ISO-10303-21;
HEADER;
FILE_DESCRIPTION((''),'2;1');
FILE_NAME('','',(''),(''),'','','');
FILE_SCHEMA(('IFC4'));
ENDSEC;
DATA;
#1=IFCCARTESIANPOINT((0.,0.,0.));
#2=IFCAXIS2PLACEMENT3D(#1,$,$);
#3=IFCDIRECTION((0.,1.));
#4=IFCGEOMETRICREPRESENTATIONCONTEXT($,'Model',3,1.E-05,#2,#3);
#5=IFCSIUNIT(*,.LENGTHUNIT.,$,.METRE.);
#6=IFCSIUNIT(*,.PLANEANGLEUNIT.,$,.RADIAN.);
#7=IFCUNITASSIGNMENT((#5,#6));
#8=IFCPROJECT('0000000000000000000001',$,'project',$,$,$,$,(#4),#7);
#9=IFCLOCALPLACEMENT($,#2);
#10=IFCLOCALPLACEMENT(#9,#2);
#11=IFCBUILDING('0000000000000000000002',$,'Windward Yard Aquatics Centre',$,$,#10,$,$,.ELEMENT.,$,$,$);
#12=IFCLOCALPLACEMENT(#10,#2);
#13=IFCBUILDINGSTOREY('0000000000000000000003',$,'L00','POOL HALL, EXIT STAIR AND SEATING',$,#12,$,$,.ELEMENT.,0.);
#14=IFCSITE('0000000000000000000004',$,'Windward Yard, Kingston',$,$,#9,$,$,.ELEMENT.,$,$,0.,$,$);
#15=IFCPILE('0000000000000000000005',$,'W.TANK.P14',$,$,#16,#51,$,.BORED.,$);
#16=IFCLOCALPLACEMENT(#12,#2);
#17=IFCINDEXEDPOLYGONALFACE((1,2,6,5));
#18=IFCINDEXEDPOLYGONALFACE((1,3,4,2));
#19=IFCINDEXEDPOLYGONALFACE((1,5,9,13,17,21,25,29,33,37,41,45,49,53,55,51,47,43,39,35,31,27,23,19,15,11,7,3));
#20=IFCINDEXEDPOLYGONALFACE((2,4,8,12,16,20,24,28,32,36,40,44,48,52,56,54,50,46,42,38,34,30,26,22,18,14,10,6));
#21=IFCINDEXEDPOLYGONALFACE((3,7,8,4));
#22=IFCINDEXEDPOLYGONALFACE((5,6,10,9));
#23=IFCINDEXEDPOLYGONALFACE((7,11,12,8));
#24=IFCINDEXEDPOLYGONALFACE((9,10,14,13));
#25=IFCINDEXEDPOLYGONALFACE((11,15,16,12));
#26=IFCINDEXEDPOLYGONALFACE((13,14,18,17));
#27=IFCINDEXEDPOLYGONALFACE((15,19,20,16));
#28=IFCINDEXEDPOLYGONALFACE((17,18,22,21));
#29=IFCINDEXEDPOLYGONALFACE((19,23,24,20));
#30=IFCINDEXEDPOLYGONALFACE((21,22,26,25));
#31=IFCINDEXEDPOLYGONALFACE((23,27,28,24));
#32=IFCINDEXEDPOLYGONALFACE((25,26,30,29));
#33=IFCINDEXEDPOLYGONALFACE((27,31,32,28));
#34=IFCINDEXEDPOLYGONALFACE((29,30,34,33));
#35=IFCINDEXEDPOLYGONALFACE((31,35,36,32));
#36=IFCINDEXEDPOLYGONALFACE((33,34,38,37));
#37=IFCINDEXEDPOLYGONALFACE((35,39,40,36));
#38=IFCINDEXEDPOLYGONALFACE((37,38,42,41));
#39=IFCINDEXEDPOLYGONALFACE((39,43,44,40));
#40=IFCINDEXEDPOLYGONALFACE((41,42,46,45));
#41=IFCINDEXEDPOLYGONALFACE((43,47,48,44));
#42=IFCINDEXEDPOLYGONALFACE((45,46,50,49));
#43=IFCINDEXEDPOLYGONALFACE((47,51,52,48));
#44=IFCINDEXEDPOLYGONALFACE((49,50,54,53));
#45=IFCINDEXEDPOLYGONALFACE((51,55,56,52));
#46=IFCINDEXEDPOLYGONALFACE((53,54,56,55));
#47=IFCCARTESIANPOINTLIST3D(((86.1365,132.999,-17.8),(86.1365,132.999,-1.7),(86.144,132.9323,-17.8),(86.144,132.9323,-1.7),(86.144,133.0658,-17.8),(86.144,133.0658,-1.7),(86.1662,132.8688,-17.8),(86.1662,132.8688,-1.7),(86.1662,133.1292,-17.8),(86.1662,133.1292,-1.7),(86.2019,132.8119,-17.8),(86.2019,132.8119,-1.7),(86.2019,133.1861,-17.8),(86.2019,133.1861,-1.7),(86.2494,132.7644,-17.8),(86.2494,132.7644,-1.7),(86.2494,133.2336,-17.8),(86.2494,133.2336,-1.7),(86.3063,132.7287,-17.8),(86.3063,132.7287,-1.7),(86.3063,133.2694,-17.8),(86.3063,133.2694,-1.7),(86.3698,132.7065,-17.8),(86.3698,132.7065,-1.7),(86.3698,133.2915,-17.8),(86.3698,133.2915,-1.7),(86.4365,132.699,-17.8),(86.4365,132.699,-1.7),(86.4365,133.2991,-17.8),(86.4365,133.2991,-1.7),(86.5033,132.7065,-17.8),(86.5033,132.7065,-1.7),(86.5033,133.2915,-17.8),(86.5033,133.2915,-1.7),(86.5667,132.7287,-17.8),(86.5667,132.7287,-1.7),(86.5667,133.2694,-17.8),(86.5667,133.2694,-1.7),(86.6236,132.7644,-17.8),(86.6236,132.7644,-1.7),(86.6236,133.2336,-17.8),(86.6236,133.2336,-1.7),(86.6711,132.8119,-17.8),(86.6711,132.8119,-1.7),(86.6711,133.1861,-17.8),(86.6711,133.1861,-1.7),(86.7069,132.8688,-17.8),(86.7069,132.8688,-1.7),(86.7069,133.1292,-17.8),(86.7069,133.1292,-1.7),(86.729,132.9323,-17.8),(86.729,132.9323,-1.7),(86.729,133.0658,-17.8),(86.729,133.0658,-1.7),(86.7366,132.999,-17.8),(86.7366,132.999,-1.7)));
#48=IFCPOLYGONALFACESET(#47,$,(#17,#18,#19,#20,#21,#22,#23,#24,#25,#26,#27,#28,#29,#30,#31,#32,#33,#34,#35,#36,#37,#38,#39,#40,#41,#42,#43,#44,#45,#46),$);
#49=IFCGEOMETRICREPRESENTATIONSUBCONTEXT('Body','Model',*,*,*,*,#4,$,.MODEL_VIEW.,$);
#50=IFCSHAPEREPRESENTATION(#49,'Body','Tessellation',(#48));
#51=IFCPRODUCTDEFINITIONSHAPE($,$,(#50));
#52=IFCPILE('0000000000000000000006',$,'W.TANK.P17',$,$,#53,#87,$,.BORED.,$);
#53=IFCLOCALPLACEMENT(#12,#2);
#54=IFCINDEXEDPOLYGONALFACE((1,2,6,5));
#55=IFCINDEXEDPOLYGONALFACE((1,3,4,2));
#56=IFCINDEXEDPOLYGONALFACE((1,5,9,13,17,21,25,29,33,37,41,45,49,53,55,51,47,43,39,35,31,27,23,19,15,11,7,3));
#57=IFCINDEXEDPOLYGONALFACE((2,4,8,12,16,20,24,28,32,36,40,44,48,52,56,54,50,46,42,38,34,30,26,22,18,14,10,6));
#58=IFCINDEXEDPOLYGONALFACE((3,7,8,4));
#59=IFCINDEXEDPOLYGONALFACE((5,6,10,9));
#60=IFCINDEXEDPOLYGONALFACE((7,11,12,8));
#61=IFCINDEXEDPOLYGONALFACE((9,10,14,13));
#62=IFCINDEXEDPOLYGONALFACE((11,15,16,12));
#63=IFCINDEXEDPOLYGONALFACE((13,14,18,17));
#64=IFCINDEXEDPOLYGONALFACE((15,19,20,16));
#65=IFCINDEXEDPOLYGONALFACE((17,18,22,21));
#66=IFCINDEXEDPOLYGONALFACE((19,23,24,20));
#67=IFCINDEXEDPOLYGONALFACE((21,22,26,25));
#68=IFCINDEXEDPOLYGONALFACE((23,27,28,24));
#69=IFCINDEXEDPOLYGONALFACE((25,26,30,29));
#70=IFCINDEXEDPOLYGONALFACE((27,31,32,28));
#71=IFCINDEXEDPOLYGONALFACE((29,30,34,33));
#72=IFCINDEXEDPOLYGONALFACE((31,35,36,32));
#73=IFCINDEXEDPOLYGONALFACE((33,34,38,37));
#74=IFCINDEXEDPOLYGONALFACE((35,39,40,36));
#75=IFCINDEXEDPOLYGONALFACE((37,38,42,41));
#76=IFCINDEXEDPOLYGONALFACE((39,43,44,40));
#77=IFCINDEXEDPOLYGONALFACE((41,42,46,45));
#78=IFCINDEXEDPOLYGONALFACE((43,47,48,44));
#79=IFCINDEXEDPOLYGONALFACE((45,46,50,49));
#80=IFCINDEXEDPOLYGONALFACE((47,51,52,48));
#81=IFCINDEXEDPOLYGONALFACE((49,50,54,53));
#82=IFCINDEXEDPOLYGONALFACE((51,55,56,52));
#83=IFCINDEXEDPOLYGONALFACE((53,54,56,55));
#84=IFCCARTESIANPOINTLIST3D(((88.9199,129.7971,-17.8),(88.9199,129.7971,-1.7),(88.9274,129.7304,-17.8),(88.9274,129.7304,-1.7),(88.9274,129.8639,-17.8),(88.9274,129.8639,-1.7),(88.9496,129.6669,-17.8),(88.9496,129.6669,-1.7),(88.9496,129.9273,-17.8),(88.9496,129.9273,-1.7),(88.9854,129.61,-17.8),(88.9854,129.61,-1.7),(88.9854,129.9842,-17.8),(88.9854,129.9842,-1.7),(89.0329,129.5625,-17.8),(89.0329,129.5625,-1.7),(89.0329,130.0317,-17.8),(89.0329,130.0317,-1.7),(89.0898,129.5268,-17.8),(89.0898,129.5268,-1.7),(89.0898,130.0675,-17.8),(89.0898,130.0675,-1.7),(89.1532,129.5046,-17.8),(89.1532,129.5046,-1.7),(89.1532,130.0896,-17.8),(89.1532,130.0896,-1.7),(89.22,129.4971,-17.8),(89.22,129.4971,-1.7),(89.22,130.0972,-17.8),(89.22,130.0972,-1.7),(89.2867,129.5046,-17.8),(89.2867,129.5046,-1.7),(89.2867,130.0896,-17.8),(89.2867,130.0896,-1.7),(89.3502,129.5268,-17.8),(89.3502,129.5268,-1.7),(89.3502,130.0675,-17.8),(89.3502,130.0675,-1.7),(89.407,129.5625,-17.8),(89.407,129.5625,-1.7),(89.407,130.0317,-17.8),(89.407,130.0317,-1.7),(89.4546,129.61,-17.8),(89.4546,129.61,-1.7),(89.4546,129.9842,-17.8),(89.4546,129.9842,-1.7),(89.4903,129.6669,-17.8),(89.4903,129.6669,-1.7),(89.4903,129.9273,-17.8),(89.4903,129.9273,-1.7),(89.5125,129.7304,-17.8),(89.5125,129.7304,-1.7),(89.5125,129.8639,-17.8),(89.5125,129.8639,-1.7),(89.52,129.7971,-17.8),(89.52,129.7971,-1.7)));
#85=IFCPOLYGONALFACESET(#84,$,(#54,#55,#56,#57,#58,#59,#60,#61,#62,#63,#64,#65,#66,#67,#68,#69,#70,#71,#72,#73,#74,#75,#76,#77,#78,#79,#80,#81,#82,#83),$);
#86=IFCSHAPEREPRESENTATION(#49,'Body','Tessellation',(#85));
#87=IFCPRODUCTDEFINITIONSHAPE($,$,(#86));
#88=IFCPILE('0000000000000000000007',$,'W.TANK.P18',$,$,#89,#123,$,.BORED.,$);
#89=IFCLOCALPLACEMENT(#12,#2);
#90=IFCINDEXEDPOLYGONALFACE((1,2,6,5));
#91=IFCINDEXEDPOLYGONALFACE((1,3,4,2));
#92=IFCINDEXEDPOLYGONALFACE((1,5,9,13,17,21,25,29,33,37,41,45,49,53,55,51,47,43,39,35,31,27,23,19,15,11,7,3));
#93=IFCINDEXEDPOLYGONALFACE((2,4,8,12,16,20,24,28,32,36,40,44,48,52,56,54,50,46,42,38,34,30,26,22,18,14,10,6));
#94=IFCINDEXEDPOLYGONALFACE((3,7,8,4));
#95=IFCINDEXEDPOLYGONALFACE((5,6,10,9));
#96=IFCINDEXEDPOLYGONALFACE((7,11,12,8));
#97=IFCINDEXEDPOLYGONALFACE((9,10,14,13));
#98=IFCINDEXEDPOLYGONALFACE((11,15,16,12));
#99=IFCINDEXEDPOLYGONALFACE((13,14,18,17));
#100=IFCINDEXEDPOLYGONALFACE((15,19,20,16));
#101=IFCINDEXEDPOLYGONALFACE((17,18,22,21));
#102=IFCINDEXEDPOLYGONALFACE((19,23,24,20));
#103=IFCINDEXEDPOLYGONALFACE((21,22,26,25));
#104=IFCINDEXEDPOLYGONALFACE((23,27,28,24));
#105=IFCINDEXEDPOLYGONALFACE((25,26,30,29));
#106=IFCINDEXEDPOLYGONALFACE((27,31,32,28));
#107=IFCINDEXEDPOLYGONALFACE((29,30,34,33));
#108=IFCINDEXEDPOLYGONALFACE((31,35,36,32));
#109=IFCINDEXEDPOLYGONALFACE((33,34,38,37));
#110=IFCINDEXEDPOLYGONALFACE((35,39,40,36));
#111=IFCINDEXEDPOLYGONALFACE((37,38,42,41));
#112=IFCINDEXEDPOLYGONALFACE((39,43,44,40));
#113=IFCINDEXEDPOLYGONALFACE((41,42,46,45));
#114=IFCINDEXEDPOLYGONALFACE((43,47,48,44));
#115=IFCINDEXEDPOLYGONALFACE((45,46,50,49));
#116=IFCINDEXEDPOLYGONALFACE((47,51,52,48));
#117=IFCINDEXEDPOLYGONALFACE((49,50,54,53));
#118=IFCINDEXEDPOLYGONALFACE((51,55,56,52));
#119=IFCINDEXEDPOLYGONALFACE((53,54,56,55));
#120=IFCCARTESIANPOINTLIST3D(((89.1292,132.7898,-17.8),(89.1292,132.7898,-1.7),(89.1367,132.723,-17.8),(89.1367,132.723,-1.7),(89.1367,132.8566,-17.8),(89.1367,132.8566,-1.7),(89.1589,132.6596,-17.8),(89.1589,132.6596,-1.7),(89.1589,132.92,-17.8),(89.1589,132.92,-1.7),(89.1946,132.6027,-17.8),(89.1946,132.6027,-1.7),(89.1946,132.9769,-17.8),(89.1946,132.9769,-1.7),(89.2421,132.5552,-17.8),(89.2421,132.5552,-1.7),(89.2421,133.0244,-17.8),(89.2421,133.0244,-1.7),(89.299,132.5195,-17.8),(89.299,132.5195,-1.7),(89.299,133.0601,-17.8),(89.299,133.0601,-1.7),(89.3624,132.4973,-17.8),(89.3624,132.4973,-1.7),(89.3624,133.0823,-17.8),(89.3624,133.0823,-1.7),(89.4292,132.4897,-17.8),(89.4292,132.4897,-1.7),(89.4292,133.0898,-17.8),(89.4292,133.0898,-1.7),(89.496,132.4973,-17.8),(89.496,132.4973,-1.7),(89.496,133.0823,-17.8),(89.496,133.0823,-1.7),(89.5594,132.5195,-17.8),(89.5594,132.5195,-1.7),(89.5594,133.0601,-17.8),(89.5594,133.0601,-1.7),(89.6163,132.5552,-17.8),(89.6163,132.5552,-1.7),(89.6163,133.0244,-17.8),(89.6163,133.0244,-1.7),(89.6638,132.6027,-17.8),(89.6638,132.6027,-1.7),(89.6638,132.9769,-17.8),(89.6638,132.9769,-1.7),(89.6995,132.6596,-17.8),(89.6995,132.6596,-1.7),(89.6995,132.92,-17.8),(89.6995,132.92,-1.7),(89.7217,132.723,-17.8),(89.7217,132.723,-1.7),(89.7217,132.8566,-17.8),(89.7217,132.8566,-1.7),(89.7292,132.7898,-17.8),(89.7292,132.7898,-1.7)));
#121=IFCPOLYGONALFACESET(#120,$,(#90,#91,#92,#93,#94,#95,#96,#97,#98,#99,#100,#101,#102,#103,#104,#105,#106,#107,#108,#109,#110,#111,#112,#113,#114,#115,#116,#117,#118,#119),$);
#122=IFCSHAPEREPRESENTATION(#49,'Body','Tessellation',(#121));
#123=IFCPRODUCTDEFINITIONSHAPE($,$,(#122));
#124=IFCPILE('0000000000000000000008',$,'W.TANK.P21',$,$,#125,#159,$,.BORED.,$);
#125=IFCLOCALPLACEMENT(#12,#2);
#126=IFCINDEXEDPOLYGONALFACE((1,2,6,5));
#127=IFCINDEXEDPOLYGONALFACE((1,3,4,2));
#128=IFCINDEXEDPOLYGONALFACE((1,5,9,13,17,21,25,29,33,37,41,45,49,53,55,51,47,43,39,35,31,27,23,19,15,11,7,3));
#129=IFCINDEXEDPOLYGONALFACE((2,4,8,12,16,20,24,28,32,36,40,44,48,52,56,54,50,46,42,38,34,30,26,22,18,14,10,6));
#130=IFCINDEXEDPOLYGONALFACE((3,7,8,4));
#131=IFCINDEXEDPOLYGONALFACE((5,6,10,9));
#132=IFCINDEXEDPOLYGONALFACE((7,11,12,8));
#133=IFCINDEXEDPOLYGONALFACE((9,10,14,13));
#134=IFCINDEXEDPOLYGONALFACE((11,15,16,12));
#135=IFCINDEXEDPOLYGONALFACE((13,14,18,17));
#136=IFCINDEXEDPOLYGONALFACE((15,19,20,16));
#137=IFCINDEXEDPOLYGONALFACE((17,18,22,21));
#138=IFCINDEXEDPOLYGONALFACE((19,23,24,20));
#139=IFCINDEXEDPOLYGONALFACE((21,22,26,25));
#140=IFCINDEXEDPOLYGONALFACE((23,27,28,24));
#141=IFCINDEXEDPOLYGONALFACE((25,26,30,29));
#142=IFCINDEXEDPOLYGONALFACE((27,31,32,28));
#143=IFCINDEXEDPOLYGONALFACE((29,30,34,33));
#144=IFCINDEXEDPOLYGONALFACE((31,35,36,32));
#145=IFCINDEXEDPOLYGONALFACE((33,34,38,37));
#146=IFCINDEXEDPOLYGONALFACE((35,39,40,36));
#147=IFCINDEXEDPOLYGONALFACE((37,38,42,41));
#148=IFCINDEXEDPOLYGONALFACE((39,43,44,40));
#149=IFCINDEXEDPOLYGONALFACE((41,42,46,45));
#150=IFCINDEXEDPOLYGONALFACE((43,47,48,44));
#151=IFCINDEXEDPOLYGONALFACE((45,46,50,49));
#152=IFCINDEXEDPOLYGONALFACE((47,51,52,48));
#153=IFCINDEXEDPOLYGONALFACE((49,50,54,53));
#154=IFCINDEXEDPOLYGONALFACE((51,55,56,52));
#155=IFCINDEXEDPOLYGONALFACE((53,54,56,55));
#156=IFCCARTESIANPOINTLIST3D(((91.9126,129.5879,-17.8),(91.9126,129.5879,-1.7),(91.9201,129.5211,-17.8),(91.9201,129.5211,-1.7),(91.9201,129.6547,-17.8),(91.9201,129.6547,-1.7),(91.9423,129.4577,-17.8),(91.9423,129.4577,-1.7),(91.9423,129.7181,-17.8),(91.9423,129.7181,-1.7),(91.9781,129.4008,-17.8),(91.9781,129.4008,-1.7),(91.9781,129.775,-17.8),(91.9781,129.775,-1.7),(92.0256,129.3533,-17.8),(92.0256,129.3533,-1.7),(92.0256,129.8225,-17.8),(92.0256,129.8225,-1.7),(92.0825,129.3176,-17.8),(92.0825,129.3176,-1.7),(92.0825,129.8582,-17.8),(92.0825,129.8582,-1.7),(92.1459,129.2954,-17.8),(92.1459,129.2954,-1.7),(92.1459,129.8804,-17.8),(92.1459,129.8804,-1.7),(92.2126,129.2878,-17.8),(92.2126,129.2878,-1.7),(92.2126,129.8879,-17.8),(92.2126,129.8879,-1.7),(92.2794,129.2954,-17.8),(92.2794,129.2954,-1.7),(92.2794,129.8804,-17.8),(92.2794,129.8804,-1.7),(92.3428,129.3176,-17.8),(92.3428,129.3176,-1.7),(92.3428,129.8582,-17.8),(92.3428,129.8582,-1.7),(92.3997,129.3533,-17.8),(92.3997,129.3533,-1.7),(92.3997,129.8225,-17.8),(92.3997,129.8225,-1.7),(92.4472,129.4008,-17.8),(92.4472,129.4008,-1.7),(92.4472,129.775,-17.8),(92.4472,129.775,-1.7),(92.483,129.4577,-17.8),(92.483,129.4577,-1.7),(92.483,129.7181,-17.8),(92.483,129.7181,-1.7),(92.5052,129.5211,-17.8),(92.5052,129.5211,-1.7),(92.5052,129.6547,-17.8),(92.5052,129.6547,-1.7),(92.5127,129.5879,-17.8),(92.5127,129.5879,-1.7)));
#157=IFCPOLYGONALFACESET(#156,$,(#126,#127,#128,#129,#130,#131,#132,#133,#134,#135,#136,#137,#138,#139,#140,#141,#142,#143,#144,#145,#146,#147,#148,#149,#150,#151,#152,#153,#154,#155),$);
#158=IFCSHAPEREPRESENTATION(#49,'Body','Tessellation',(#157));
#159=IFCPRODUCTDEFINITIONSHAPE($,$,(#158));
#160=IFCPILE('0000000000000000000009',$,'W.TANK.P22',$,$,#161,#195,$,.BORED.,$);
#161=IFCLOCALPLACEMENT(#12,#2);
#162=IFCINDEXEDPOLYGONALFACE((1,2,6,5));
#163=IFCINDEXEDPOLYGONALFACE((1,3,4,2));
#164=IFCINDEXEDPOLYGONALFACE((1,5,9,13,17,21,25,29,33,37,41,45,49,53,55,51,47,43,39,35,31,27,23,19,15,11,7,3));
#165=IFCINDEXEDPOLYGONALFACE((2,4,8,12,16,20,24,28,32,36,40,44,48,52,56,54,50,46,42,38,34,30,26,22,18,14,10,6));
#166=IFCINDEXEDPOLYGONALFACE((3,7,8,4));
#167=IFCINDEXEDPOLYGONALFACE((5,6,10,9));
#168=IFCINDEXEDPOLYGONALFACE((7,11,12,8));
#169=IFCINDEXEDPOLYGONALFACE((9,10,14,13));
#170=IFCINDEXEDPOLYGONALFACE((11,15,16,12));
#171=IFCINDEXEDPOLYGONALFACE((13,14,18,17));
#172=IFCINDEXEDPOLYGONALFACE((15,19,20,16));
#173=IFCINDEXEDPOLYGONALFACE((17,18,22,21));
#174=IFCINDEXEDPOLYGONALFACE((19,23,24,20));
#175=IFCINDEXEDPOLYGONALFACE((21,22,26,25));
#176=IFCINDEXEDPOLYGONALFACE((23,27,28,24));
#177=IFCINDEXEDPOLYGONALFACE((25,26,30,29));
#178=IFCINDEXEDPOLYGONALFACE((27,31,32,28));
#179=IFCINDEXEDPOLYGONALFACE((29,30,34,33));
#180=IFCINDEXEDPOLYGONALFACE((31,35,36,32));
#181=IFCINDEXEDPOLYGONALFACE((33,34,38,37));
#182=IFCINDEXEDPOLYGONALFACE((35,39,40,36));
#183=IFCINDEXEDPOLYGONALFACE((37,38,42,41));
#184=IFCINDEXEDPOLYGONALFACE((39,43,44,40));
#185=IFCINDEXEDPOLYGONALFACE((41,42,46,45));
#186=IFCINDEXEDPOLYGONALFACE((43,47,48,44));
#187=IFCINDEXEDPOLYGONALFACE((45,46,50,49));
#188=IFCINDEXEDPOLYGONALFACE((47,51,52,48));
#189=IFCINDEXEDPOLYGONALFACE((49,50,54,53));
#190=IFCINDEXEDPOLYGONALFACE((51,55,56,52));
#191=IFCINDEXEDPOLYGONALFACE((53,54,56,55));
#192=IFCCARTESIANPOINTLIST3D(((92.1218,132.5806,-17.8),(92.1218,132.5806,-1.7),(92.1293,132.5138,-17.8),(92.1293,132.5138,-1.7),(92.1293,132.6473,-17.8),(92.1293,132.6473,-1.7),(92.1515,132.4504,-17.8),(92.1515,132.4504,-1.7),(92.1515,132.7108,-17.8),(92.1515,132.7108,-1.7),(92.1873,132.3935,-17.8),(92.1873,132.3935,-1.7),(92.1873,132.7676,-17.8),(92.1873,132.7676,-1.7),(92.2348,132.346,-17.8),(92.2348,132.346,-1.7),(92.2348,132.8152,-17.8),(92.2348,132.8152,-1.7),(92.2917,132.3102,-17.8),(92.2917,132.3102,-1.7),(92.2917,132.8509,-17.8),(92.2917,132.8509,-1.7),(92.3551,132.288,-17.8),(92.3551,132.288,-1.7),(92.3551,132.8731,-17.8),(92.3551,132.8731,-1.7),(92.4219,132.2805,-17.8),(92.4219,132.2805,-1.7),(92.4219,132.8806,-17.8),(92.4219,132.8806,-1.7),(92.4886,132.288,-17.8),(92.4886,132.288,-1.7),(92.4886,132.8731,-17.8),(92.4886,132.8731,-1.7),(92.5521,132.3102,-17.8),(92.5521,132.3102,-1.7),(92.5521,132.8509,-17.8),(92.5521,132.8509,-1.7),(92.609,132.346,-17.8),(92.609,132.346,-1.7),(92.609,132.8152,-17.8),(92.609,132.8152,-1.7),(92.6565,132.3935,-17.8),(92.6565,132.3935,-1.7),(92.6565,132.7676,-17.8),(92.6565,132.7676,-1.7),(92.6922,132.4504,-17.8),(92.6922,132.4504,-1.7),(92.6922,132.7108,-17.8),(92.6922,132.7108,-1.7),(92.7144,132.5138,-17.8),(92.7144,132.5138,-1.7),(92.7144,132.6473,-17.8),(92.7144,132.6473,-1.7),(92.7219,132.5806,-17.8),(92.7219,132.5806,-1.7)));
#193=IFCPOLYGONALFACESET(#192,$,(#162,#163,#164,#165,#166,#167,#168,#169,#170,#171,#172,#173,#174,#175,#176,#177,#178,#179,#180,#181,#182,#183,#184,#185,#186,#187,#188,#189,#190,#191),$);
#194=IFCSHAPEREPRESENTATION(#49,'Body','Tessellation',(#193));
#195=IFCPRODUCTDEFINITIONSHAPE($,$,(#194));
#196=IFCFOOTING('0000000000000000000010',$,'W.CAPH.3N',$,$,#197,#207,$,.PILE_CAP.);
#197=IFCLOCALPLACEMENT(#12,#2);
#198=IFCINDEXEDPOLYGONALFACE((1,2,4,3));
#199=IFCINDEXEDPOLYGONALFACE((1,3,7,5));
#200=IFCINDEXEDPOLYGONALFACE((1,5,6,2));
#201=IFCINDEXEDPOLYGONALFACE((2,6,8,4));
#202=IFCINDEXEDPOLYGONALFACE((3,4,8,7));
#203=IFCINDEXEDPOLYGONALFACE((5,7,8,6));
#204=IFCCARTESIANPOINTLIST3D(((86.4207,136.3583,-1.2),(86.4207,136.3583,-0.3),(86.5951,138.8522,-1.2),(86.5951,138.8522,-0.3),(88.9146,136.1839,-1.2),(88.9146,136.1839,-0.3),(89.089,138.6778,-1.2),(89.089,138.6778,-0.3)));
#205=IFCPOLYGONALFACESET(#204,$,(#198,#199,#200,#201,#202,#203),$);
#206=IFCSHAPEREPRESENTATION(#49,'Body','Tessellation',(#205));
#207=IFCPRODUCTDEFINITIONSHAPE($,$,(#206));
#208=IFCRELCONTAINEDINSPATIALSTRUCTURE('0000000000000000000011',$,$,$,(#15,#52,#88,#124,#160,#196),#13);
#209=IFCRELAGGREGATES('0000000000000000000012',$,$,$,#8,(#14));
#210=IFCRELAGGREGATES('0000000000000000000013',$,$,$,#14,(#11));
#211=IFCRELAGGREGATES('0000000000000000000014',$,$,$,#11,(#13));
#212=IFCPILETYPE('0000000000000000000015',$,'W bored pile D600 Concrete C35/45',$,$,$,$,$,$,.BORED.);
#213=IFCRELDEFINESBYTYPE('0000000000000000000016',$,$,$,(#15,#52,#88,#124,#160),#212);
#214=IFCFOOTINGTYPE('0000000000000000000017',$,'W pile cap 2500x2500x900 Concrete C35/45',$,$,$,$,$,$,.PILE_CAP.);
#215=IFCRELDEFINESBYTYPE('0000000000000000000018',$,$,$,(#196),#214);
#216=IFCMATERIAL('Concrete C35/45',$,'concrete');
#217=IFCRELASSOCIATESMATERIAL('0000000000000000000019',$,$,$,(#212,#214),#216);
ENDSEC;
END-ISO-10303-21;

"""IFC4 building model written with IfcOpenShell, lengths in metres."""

from ifc_helpers import new_model, si_unit, direction, frame, origin, origin_2d, place, context, subcontext, project, spatial, rectangle, circle, extrude, material, material_profile, profile_set, type_object, element, save


model = new_model("IFC4")

# Units and contexts
model_context = context("Model", 3, precision=1e-05, world=origin(), true_north=direction((0.0, 1.0)))
body_context = subcontext(model_context, "Body", "Model", "MODEL_VIEW")
ifc_project = project(units=[si_unit("LENGTHUNIT", "METRE"), si_unit("PLANEANGLEUNIT", "RADIAN")], contexts=[model_context])

# Site, building, storey
site_placement = place(None, origin())
site = spatial("IfcSite", under=ifc_project, at=site_placement, Name="Windward Yard, Kingston", CompositionType="ELEMENT", RefElevation=0.0)
building_placement = place(site_placement, origin())
building = spatial("IfcBuilding", under=site, at=building_placement, Name="Windward Yard Aquatics Centre", CompositionType="ELEMENT")
storey_placement = place(building_placement, origin())
storey = spatial("IfcBuildingStorey", under=building, at=storey_placement, Name="L00", Description="POOL HALL, EXIT STAIR AND SEATING", CompositionType="ELEMENT", Elevation=0.0)

# Piles
ifc_material_1 = material(Name="Concrete C35/45", Category="concrete")
ifc_material_profile_1 = material_profile(ifc_material_1, circle(Radius=0.3, at=origin_2d()), Name="D600")
ifc_profile_set_1 = profile_set([ifc_material_profile_1], Name="Concrete C35/45")
pile_type = type_object("IfcPileType", Name="W bored pile D600 Concrete C35/45", PredefinedType="BORED", material=ifc_profile_set_1)
for number, where, z_axis, x_axis, name in (
    (1, (86.4365, 132.999, -1.7), (0.0, 0.0, -1.0), (1.0, 0.0, 0.0), "W.TANK.P14"),
    (2, (89.22, 129.7971, -1.7), (0.0, 0.0, -1.0), (1.0, 0.0, 0.0), "W.TANK.P17"),
    (3, (89.4292, 132.7898, -1.7), (0.0, 0.0, -1.0), (1.0, 0.0, 0.0), "W.TANK.P18"),
    (4, (92.2126, 129.5879, -1.7), (0.0, 0.0, -1.0), (1.0, 0.0, 0.0), "W.TANK.P21"),
    (5, (92.4219, 132.5806, -1.7), (0.0, 0.0, -1.0), (1.0, 0.0, 0.0), "W.TANK.P22"),
):
    element("IfcPile", number, at=place(storey_placement, frame(where, z_axis=z_axis, x_axis=x_axis)), inside=storey, type_object=pile_type, Name=name, PredefinedType="BORED", context=body_context, shape_type="SweptSolid", body=[
        extrude(circle(Radius=0.3, at=origin_2d()), origin(), (0.0, 0.0, 1.0), 16.1001),
    ])

# Footing
footing_type = type_object("IfcFootingType", Name="W pile cap 2500x2500x900 Concrete C35/45", PredefinedType="PILE_CAP", material=ifc_material_1)
footing_placement = place(storey_placement, frame((87.7549, 137.5181, -1.2), z_axis=(0.0, 0.0, 1.0), x_axis=(0.997564, -0.069756, 0.0)))
element("IfcFooting", 6, at=footing_placement, inside=storey, type_object=footing_type, Name="W.CAPH.3N", PredefinedType="PILE_CAP", context=body_context, shape_type="SweptSolid", body=[
    extrude(rectangle(XDim=2.5, YDim=2.5, at=origin_2d()), origin(), (0.0, 0.0, 1.0), 0.8999),
])

save(model, "model.ifc")
